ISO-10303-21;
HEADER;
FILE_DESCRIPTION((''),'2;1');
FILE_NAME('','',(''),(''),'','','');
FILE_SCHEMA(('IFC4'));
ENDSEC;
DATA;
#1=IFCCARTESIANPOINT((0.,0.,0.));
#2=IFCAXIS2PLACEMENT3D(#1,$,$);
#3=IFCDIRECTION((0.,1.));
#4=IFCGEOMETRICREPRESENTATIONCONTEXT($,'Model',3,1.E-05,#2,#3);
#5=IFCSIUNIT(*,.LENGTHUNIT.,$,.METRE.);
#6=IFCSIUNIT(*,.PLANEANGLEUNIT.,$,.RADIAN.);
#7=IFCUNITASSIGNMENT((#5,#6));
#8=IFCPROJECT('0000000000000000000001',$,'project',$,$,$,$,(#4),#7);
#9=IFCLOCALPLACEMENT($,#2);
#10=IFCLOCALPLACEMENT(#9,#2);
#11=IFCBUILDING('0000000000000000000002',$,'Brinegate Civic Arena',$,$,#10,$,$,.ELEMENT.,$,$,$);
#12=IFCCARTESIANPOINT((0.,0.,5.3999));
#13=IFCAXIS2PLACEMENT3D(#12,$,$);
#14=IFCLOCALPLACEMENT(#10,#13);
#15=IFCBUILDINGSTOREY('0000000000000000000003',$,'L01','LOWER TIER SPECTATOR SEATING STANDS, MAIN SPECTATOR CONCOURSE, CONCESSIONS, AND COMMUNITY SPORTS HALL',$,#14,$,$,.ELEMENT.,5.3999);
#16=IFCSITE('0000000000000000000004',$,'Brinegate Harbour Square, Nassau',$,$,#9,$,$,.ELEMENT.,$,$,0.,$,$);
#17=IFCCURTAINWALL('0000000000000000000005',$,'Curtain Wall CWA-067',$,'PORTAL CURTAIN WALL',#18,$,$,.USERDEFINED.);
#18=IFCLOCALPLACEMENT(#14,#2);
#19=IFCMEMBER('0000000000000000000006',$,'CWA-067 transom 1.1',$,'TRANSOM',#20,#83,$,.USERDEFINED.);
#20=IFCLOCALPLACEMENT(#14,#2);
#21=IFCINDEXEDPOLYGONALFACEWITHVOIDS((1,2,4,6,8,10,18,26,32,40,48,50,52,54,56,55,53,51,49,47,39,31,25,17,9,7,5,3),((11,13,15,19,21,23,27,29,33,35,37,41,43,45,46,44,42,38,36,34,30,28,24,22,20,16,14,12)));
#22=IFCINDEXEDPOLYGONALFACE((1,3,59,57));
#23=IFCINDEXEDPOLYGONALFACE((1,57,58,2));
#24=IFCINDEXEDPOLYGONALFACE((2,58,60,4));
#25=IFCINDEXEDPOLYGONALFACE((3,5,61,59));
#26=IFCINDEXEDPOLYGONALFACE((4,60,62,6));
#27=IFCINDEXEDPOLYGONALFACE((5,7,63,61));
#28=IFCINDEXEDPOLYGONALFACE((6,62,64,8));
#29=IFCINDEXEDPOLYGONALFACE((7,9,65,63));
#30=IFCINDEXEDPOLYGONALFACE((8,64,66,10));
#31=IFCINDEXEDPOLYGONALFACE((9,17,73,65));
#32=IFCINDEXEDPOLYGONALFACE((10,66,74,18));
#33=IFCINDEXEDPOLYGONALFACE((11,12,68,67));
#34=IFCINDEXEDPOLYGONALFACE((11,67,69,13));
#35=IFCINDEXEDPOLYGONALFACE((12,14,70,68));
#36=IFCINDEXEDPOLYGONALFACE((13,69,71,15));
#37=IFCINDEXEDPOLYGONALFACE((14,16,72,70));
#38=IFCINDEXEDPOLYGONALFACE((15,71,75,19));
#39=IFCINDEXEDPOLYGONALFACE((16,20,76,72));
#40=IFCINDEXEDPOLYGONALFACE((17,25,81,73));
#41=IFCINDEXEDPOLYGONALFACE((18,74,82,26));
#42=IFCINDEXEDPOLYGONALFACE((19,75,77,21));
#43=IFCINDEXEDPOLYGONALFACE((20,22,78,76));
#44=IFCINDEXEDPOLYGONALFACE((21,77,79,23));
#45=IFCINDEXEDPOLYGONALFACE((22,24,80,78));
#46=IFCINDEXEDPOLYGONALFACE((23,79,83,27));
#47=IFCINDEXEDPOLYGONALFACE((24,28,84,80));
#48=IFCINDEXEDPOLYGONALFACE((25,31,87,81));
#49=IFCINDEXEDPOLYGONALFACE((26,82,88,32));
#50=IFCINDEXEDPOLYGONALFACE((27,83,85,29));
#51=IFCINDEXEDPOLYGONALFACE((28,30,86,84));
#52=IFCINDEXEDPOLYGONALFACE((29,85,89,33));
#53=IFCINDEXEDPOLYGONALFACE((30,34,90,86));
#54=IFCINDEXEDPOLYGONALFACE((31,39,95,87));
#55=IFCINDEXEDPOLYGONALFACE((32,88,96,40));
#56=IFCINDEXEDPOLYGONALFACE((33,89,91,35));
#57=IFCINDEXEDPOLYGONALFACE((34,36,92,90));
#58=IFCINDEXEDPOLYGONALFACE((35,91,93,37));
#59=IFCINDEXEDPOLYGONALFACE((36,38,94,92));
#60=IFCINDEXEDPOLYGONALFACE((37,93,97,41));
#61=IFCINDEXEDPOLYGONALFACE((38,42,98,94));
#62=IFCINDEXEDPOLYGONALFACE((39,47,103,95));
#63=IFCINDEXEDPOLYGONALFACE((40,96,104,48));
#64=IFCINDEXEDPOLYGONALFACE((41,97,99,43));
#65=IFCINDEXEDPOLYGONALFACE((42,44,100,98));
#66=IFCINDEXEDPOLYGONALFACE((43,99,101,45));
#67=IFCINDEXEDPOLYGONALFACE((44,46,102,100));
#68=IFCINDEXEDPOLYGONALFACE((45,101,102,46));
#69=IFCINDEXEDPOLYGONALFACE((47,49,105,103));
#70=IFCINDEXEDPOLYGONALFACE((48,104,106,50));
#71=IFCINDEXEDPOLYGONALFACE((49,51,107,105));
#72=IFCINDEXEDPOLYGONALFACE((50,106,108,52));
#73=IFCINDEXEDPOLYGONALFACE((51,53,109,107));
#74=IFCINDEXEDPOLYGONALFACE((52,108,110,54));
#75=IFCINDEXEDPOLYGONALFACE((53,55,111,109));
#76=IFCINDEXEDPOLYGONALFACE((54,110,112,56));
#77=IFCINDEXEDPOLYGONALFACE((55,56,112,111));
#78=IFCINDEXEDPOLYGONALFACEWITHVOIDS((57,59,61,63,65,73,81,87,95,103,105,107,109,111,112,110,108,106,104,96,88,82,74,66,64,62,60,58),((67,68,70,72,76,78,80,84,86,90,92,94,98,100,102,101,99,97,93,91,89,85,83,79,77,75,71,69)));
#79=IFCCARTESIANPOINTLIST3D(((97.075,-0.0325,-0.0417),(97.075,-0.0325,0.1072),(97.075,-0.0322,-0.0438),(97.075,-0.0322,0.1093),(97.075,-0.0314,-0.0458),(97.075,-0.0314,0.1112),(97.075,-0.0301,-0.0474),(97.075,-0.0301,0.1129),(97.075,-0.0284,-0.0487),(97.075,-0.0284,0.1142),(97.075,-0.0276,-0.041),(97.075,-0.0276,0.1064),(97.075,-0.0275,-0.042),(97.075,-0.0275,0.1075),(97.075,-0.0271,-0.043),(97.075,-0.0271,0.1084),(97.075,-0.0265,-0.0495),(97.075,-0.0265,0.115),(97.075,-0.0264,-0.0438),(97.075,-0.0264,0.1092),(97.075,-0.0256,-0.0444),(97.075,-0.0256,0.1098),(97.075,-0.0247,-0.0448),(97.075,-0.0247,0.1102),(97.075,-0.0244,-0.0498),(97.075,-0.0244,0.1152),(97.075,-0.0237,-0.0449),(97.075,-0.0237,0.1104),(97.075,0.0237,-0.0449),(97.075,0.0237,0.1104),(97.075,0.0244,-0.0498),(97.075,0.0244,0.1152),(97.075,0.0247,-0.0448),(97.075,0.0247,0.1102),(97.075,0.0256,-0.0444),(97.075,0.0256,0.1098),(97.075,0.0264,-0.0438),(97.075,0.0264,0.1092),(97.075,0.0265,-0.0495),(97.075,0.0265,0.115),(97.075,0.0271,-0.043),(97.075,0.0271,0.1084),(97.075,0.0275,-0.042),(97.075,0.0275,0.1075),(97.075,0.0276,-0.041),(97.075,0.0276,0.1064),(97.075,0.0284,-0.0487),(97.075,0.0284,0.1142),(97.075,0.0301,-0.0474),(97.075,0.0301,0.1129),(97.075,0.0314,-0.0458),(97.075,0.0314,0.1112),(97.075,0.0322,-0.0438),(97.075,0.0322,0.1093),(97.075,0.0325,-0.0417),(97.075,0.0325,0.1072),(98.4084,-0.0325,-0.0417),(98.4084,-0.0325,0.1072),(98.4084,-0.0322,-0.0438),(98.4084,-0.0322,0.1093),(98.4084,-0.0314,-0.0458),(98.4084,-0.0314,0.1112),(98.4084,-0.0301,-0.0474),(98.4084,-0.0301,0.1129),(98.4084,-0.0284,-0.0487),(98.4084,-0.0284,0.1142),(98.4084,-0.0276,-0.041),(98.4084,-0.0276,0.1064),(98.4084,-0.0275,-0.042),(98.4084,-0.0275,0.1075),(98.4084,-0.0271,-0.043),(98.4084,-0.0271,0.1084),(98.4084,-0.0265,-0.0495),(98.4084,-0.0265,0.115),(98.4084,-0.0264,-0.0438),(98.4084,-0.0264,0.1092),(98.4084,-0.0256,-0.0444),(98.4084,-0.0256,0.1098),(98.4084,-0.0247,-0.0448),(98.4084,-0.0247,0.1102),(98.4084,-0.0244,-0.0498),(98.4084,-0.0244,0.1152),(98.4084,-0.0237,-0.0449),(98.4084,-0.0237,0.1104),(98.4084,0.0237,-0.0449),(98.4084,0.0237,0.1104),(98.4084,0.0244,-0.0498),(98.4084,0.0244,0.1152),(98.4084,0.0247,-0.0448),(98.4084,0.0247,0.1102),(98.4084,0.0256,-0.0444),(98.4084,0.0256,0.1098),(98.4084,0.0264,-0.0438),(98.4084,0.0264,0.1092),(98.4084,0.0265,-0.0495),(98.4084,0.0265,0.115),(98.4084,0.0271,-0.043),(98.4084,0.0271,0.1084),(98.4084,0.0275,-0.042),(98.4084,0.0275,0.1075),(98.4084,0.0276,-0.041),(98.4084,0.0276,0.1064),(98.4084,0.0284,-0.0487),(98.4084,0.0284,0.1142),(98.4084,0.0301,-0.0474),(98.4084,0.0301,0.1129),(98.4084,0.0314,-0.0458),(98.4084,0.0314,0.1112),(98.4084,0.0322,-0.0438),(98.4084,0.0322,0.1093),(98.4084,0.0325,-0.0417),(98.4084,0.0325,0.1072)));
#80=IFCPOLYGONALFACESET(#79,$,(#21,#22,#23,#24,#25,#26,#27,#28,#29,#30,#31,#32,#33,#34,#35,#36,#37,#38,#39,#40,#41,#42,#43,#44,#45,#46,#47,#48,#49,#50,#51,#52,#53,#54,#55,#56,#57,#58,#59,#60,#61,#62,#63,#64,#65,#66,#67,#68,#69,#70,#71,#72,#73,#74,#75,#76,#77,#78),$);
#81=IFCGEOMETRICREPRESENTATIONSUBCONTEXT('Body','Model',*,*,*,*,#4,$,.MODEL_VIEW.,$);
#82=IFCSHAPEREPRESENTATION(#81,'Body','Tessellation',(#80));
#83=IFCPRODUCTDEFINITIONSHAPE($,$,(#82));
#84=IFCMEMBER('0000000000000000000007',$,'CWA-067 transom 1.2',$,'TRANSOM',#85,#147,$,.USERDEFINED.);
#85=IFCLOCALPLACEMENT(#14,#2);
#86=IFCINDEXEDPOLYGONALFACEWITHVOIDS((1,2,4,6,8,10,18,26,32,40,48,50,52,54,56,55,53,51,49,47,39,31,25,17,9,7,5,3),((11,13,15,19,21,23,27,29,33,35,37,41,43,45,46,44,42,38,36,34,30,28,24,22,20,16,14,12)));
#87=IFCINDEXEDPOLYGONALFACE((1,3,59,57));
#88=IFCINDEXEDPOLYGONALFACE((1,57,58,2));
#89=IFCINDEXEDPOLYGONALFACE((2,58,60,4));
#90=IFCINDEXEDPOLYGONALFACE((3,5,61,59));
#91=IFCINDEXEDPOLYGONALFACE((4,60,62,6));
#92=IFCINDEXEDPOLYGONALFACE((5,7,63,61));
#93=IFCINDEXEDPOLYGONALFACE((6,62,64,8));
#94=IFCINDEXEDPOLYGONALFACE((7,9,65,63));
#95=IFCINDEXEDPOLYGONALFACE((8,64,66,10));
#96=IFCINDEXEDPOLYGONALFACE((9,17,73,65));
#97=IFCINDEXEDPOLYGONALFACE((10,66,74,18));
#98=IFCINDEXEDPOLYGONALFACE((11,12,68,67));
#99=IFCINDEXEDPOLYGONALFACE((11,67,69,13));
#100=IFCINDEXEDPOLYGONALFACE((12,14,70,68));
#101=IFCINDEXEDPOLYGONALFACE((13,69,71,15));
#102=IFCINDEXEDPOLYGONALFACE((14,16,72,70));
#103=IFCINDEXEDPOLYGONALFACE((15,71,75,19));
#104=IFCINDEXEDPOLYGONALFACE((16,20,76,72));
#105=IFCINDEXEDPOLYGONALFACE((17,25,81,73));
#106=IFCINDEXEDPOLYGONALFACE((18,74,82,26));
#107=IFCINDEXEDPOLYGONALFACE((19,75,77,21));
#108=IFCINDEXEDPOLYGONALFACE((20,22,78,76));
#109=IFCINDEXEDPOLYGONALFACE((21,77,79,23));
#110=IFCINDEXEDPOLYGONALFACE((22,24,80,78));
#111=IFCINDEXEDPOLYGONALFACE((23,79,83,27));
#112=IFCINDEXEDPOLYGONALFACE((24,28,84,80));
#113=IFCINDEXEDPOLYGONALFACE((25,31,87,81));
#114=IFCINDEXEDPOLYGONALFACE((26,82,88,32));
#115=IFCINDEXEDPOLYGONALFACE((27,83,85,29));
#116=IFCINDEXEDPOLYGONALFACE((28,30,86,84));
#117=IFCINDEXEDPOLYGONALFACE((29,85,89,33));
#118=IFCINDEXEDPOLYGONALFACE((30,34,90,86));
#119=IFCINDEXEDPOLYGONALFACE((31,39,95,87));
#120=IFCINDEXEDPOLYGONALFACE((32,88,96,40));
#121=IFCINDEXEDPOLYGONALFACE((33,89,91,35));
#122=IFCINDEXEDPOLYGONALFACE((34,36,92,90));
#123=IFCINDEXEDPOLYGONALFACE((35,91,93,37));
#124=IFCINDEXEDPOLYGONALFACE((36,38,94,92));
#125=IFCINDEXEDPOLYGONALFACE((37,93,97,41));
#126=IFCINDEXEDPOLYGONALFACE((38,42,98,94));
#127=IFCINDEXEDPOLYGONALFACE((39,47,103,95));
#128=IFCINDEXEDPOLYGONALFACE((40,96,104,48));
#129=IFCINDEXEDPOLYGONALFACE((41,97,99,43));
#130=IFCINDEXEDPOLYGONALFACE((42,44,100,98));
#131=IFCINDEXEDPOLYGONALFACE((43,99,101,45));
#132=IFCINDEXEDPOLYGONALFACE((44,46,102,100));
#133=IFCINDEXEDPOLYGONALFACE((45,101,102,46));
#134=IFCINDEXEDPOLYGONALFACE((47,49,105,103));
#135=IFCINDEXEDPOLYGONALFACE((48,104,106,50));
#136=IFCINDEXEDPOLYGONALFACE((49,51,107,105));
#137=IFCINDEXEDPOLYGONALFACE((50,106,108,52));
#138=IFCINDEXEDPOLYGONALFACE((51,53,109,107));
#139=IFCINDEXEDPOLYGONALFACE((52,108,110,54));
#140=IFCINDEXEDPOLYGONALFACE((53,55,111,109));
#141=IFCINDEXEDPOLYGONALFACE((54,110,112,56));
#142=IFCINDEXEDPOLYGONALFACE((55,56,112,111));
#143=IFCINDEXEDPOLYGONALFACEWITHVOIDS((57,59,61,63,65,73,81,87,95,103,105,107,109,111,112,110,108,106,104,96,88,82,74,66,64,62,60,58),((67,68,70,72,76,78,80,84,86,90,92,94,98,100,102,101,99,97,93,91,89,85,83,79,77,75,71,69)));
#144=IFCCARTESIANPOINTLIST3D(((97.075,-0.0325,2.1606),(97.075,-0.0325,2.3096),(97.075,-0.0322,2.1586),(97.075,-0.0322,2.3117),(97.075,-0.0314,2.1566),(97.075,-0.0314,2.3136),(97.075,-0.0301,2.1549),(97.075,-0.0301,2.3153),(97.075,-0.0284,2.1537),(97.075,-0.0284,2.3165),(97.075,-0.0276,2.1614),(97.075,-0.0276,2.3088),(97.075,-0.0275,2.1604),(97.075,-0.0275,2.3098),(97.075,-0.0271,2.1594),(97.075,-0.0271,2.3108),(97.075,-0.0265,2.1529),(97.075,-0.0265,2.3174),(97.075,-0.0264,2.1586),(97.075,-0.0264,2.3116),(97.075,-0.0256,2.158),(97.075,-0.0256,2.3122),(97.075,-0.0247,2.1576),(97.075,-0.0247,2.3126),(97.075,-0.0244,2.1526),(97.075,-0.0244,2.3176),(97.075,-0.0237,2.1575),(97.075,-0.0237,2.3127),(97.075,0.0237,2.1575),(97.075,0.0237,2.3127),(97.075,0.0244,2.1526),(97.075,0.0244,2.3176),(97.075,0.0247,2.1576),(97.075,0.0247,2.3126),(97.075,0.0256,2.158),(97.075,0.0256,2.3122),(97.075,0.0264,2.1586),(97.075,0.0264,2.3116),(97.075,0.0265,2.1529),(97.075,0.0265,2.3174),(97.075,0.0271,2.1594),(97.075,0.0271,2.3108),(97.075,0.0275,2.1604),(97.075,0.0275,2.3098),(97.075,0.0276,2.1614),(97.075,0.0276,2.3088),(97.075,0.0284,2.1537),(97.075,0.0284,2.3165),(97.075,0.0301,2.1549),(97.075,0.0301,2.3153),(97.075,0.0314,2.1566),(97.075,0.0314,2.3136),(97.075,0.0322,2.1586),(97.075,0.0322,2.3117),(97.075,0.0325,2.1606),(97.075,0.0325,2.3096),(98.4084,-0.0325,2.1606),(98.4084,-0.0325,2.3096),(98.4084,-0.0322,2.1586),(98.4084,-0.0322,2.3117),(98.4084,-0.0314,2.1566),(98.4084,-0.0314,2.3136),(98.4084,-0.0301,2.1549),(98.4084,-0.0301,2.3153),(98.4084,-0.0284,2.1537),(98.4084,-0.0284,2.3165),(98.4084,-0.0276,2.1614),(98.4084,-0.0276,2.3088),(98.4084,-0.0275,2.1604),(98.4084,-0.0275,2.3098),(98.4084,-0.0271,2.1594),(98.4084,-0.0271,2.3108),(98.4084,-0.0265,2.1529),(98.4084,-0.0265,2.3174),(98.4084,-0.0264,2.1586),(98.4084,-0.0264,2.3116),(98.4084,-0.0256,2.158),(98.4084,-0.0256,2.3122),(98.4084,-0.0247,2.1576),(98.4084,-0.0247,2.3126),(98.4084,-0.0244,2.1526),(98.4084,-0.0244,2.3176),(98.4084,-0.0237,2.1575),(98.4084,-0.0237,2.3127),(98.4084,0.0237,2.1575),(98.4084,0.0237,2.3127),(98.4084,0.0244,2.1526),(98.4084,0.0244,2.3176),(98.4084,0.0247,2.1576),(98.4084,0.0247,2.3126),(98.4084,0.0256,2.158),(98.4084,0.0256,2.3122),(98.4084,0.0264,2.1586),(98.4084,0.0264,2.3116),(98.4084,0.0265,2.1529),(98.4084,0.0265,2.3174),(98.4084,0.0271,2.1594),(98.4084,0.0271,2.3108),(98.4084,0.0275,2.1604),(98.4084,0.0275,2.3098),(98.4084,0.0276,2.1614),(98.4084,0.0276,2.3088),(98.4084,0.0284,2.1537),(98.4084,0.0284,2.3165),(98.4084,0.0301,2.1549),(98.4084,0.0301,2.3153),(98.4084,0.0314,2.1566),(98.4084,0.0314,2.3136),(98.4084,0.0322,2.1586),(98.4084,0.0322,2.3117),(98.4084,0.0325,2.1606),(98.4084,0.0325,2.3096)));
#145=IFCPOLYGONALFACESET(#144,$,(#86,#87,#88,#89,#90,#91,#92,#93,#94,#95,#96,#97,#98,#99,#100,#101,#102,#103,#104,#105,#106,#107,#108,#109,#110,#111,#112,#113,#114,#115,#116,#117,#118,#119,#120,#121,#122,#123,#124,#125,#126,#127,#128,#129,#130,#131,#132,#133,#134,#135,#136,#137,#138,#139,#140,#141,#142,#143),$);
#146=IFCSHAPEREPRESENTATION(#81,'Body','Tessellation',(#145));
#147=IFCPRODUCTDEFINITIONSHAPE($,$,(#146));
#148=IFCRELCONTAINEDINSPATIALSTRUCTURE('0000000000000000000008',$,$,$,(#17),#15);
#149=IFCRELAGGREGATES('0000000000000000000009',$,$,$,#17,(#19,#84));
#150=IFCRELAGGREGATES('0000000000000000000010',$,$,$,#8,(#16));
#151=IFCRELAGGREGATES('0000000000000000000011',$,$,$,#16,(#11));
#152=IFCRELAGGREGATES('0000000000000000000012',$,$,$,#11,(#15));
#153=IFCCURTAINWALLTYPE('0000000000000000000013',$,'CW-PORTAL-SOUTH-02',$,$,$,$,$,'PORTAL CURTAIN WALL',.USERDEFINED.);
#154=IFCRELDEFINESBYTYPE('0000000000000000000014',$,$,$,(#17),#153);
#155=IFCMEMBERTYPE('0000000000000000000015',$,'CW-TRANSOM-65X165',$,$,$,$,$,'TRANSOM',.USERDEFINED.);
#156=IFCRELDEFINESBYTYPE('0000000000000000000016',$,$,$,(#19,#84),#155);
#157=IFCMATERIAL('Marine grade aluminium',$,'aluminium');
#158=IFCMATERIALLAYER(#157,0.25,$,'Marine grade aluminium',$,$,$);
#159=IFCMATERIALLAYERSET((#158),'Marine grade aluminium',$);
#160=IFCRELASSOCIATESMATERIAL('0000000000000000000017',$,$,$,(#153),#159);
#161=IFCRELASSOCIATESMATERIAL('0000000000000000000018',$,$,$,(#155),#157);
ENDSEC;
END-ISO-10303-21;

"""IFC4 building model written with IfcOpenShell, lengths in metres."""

from ifc_helpers import new_model, si_unit, direction, frame, origin, origin_2d, place, context, subcontext, project, spatial, hollow_rectangle, extrude, material, layer, layer_set, material_profile, profile_set, type_object, element, aggregate, save


model = new_model("IFC4")

# Units and contexts
model_context = context("Model", 3, precision=1e-05, world=origin(), true_north=direction((0.0, 1.0)))
body_context = subcontext(model_context, "Body", "Model", "MODEL_VIEW")
ifc_project = project(units=[si_unit("LENGTHUNIT", "METRE"), si_unit("PLANEANGLEUNIT", "RADIAN")], contexts=[model_context])

# Site, building, storey
site_placement = place(None, origin())
site = spatial("IfcSite", under=ifc_project, at=site_placement, Name="Brinegate Harbour Square, Nassau", CompositionType="ELEMENT", RefElevation=0.0)
building_placement = place(site_placement, origin())
building = spatial("IfcBuilding", under=site, at=building_placement, Name="Brinegate Civic Arena", CompositionType="ELEMENT")
storey_placement = place(building_placement, frame((0.0, 0.0, 5.3999)))
storey = spatial("IfcBuildingStorey", under=building, at=storey_placement, Name="L01", Description="LOWER TIER SPECTATOR SEATING STANDS, MAIN SPECTATOR CONCOURSE, CONCESSIONS, AND COMMUNITY SPORTS HALL", CompositionType="ELEMENT", Elevation=5.3999)

# Curtain wall, members
ifc_material_1 = material(Name="Marine grade aluminium", Category="aluminium")
ifc_layer_1 = layer(ifc_material_1, 0.25, Name="Marine grade aluminium")
ifc_layer_set_1 = layer_set([ifc_layer_1], Name="Marine grade aluminium")
curtain_wall_type = type_object("IfcCurtainWallType", Name="CW-PORTAL-SOUTH-02", ElementType="PORTAL CURTAIN WALL", PredefinedType="USERDEFINED", material=ifc_layer_set_1)
curtain_wall_placement = place(storey_placement, origin())
curtain_wall = element("IfcCurtainWall", 1, at=curtain_wall_placement, inside=storey, type_object=curtain_wall_type, Name="Curtain Wall CWA-067", ObjectType="PORTAL CURTAIN WALL", PredefinedType="USERDEFINED")
ifc_material_profile_1 = material_profile(ifc_material_1, hollow_rectangle(XDim=0.0649, YDim=0.165, WallThickness=0.0049, InnerFilletRadius=0.0039, OuterFilletRadius=0.0081, at=origin_2d()), Name="TRN65X165")
ifc_profile_set_1 = profile_set([ifc_material_profile_1], Name="Marine grade aluminium")
member_type_1 = type_object("IfcMemberType", Name="CW-TRANSOM-65X165", ElementType="TRANSOM", PredefinedType="USERDEFINED", material=ifc_profile_set_1)
member_1_placement = place(storey_placement, frame((97.075, 0.0, 0.0327), z_axis=(1.0, 0.0, 0.0), x_axis=(0.0, 1.0, 0.0)))
member_1 = element("IfcMember", 2, at=member_1_placement, type_object=member_type_1, Name="CWA-067 transom 1.1", ObjectType="TRANSOM", PredefinedType="USERDEFINED", context=body_context, shape_type="SweptSolid", body=[
    extrude(hollow_rectangle(XDim=0.0649, YDim=0.165, WallThickness=0.0049, InnerFilletRadius=0.0039, OuterFilletRadius=0.0081, at=origin_2d()), origin(), (0.0, 0.0, 1.0), 1.3335),
])
member_2_placement = place(storey_placement, frame((97.075, 0.0, 2.2351), z_axis=(1.0, 0.0, 0.0), x_axis=(0.0, 1.0, 0.0)))
member_2 = element("IfcMember", 3, at=member_2_placement, type_object=member_type_1, Name="CWA-067 transom 1.2", ObjectType="TRANSOM", PredefinedType="USERDEFINED", context=body_context, shape_type="SweptSolid", body=[
    extrude(hollow_rectangle(XDim=0.0649, YDim=0.165, WallThickness=0.0049, InnerFilletRadius=0.0039, OuterFilletRadius=0.0081, at=origin_2d()), origin(), (0.0, 0.0, 1.0), 1.3335),
])
aggregate(curtain_wall, [member_1, member_2])

save(model, "model.ifc")
